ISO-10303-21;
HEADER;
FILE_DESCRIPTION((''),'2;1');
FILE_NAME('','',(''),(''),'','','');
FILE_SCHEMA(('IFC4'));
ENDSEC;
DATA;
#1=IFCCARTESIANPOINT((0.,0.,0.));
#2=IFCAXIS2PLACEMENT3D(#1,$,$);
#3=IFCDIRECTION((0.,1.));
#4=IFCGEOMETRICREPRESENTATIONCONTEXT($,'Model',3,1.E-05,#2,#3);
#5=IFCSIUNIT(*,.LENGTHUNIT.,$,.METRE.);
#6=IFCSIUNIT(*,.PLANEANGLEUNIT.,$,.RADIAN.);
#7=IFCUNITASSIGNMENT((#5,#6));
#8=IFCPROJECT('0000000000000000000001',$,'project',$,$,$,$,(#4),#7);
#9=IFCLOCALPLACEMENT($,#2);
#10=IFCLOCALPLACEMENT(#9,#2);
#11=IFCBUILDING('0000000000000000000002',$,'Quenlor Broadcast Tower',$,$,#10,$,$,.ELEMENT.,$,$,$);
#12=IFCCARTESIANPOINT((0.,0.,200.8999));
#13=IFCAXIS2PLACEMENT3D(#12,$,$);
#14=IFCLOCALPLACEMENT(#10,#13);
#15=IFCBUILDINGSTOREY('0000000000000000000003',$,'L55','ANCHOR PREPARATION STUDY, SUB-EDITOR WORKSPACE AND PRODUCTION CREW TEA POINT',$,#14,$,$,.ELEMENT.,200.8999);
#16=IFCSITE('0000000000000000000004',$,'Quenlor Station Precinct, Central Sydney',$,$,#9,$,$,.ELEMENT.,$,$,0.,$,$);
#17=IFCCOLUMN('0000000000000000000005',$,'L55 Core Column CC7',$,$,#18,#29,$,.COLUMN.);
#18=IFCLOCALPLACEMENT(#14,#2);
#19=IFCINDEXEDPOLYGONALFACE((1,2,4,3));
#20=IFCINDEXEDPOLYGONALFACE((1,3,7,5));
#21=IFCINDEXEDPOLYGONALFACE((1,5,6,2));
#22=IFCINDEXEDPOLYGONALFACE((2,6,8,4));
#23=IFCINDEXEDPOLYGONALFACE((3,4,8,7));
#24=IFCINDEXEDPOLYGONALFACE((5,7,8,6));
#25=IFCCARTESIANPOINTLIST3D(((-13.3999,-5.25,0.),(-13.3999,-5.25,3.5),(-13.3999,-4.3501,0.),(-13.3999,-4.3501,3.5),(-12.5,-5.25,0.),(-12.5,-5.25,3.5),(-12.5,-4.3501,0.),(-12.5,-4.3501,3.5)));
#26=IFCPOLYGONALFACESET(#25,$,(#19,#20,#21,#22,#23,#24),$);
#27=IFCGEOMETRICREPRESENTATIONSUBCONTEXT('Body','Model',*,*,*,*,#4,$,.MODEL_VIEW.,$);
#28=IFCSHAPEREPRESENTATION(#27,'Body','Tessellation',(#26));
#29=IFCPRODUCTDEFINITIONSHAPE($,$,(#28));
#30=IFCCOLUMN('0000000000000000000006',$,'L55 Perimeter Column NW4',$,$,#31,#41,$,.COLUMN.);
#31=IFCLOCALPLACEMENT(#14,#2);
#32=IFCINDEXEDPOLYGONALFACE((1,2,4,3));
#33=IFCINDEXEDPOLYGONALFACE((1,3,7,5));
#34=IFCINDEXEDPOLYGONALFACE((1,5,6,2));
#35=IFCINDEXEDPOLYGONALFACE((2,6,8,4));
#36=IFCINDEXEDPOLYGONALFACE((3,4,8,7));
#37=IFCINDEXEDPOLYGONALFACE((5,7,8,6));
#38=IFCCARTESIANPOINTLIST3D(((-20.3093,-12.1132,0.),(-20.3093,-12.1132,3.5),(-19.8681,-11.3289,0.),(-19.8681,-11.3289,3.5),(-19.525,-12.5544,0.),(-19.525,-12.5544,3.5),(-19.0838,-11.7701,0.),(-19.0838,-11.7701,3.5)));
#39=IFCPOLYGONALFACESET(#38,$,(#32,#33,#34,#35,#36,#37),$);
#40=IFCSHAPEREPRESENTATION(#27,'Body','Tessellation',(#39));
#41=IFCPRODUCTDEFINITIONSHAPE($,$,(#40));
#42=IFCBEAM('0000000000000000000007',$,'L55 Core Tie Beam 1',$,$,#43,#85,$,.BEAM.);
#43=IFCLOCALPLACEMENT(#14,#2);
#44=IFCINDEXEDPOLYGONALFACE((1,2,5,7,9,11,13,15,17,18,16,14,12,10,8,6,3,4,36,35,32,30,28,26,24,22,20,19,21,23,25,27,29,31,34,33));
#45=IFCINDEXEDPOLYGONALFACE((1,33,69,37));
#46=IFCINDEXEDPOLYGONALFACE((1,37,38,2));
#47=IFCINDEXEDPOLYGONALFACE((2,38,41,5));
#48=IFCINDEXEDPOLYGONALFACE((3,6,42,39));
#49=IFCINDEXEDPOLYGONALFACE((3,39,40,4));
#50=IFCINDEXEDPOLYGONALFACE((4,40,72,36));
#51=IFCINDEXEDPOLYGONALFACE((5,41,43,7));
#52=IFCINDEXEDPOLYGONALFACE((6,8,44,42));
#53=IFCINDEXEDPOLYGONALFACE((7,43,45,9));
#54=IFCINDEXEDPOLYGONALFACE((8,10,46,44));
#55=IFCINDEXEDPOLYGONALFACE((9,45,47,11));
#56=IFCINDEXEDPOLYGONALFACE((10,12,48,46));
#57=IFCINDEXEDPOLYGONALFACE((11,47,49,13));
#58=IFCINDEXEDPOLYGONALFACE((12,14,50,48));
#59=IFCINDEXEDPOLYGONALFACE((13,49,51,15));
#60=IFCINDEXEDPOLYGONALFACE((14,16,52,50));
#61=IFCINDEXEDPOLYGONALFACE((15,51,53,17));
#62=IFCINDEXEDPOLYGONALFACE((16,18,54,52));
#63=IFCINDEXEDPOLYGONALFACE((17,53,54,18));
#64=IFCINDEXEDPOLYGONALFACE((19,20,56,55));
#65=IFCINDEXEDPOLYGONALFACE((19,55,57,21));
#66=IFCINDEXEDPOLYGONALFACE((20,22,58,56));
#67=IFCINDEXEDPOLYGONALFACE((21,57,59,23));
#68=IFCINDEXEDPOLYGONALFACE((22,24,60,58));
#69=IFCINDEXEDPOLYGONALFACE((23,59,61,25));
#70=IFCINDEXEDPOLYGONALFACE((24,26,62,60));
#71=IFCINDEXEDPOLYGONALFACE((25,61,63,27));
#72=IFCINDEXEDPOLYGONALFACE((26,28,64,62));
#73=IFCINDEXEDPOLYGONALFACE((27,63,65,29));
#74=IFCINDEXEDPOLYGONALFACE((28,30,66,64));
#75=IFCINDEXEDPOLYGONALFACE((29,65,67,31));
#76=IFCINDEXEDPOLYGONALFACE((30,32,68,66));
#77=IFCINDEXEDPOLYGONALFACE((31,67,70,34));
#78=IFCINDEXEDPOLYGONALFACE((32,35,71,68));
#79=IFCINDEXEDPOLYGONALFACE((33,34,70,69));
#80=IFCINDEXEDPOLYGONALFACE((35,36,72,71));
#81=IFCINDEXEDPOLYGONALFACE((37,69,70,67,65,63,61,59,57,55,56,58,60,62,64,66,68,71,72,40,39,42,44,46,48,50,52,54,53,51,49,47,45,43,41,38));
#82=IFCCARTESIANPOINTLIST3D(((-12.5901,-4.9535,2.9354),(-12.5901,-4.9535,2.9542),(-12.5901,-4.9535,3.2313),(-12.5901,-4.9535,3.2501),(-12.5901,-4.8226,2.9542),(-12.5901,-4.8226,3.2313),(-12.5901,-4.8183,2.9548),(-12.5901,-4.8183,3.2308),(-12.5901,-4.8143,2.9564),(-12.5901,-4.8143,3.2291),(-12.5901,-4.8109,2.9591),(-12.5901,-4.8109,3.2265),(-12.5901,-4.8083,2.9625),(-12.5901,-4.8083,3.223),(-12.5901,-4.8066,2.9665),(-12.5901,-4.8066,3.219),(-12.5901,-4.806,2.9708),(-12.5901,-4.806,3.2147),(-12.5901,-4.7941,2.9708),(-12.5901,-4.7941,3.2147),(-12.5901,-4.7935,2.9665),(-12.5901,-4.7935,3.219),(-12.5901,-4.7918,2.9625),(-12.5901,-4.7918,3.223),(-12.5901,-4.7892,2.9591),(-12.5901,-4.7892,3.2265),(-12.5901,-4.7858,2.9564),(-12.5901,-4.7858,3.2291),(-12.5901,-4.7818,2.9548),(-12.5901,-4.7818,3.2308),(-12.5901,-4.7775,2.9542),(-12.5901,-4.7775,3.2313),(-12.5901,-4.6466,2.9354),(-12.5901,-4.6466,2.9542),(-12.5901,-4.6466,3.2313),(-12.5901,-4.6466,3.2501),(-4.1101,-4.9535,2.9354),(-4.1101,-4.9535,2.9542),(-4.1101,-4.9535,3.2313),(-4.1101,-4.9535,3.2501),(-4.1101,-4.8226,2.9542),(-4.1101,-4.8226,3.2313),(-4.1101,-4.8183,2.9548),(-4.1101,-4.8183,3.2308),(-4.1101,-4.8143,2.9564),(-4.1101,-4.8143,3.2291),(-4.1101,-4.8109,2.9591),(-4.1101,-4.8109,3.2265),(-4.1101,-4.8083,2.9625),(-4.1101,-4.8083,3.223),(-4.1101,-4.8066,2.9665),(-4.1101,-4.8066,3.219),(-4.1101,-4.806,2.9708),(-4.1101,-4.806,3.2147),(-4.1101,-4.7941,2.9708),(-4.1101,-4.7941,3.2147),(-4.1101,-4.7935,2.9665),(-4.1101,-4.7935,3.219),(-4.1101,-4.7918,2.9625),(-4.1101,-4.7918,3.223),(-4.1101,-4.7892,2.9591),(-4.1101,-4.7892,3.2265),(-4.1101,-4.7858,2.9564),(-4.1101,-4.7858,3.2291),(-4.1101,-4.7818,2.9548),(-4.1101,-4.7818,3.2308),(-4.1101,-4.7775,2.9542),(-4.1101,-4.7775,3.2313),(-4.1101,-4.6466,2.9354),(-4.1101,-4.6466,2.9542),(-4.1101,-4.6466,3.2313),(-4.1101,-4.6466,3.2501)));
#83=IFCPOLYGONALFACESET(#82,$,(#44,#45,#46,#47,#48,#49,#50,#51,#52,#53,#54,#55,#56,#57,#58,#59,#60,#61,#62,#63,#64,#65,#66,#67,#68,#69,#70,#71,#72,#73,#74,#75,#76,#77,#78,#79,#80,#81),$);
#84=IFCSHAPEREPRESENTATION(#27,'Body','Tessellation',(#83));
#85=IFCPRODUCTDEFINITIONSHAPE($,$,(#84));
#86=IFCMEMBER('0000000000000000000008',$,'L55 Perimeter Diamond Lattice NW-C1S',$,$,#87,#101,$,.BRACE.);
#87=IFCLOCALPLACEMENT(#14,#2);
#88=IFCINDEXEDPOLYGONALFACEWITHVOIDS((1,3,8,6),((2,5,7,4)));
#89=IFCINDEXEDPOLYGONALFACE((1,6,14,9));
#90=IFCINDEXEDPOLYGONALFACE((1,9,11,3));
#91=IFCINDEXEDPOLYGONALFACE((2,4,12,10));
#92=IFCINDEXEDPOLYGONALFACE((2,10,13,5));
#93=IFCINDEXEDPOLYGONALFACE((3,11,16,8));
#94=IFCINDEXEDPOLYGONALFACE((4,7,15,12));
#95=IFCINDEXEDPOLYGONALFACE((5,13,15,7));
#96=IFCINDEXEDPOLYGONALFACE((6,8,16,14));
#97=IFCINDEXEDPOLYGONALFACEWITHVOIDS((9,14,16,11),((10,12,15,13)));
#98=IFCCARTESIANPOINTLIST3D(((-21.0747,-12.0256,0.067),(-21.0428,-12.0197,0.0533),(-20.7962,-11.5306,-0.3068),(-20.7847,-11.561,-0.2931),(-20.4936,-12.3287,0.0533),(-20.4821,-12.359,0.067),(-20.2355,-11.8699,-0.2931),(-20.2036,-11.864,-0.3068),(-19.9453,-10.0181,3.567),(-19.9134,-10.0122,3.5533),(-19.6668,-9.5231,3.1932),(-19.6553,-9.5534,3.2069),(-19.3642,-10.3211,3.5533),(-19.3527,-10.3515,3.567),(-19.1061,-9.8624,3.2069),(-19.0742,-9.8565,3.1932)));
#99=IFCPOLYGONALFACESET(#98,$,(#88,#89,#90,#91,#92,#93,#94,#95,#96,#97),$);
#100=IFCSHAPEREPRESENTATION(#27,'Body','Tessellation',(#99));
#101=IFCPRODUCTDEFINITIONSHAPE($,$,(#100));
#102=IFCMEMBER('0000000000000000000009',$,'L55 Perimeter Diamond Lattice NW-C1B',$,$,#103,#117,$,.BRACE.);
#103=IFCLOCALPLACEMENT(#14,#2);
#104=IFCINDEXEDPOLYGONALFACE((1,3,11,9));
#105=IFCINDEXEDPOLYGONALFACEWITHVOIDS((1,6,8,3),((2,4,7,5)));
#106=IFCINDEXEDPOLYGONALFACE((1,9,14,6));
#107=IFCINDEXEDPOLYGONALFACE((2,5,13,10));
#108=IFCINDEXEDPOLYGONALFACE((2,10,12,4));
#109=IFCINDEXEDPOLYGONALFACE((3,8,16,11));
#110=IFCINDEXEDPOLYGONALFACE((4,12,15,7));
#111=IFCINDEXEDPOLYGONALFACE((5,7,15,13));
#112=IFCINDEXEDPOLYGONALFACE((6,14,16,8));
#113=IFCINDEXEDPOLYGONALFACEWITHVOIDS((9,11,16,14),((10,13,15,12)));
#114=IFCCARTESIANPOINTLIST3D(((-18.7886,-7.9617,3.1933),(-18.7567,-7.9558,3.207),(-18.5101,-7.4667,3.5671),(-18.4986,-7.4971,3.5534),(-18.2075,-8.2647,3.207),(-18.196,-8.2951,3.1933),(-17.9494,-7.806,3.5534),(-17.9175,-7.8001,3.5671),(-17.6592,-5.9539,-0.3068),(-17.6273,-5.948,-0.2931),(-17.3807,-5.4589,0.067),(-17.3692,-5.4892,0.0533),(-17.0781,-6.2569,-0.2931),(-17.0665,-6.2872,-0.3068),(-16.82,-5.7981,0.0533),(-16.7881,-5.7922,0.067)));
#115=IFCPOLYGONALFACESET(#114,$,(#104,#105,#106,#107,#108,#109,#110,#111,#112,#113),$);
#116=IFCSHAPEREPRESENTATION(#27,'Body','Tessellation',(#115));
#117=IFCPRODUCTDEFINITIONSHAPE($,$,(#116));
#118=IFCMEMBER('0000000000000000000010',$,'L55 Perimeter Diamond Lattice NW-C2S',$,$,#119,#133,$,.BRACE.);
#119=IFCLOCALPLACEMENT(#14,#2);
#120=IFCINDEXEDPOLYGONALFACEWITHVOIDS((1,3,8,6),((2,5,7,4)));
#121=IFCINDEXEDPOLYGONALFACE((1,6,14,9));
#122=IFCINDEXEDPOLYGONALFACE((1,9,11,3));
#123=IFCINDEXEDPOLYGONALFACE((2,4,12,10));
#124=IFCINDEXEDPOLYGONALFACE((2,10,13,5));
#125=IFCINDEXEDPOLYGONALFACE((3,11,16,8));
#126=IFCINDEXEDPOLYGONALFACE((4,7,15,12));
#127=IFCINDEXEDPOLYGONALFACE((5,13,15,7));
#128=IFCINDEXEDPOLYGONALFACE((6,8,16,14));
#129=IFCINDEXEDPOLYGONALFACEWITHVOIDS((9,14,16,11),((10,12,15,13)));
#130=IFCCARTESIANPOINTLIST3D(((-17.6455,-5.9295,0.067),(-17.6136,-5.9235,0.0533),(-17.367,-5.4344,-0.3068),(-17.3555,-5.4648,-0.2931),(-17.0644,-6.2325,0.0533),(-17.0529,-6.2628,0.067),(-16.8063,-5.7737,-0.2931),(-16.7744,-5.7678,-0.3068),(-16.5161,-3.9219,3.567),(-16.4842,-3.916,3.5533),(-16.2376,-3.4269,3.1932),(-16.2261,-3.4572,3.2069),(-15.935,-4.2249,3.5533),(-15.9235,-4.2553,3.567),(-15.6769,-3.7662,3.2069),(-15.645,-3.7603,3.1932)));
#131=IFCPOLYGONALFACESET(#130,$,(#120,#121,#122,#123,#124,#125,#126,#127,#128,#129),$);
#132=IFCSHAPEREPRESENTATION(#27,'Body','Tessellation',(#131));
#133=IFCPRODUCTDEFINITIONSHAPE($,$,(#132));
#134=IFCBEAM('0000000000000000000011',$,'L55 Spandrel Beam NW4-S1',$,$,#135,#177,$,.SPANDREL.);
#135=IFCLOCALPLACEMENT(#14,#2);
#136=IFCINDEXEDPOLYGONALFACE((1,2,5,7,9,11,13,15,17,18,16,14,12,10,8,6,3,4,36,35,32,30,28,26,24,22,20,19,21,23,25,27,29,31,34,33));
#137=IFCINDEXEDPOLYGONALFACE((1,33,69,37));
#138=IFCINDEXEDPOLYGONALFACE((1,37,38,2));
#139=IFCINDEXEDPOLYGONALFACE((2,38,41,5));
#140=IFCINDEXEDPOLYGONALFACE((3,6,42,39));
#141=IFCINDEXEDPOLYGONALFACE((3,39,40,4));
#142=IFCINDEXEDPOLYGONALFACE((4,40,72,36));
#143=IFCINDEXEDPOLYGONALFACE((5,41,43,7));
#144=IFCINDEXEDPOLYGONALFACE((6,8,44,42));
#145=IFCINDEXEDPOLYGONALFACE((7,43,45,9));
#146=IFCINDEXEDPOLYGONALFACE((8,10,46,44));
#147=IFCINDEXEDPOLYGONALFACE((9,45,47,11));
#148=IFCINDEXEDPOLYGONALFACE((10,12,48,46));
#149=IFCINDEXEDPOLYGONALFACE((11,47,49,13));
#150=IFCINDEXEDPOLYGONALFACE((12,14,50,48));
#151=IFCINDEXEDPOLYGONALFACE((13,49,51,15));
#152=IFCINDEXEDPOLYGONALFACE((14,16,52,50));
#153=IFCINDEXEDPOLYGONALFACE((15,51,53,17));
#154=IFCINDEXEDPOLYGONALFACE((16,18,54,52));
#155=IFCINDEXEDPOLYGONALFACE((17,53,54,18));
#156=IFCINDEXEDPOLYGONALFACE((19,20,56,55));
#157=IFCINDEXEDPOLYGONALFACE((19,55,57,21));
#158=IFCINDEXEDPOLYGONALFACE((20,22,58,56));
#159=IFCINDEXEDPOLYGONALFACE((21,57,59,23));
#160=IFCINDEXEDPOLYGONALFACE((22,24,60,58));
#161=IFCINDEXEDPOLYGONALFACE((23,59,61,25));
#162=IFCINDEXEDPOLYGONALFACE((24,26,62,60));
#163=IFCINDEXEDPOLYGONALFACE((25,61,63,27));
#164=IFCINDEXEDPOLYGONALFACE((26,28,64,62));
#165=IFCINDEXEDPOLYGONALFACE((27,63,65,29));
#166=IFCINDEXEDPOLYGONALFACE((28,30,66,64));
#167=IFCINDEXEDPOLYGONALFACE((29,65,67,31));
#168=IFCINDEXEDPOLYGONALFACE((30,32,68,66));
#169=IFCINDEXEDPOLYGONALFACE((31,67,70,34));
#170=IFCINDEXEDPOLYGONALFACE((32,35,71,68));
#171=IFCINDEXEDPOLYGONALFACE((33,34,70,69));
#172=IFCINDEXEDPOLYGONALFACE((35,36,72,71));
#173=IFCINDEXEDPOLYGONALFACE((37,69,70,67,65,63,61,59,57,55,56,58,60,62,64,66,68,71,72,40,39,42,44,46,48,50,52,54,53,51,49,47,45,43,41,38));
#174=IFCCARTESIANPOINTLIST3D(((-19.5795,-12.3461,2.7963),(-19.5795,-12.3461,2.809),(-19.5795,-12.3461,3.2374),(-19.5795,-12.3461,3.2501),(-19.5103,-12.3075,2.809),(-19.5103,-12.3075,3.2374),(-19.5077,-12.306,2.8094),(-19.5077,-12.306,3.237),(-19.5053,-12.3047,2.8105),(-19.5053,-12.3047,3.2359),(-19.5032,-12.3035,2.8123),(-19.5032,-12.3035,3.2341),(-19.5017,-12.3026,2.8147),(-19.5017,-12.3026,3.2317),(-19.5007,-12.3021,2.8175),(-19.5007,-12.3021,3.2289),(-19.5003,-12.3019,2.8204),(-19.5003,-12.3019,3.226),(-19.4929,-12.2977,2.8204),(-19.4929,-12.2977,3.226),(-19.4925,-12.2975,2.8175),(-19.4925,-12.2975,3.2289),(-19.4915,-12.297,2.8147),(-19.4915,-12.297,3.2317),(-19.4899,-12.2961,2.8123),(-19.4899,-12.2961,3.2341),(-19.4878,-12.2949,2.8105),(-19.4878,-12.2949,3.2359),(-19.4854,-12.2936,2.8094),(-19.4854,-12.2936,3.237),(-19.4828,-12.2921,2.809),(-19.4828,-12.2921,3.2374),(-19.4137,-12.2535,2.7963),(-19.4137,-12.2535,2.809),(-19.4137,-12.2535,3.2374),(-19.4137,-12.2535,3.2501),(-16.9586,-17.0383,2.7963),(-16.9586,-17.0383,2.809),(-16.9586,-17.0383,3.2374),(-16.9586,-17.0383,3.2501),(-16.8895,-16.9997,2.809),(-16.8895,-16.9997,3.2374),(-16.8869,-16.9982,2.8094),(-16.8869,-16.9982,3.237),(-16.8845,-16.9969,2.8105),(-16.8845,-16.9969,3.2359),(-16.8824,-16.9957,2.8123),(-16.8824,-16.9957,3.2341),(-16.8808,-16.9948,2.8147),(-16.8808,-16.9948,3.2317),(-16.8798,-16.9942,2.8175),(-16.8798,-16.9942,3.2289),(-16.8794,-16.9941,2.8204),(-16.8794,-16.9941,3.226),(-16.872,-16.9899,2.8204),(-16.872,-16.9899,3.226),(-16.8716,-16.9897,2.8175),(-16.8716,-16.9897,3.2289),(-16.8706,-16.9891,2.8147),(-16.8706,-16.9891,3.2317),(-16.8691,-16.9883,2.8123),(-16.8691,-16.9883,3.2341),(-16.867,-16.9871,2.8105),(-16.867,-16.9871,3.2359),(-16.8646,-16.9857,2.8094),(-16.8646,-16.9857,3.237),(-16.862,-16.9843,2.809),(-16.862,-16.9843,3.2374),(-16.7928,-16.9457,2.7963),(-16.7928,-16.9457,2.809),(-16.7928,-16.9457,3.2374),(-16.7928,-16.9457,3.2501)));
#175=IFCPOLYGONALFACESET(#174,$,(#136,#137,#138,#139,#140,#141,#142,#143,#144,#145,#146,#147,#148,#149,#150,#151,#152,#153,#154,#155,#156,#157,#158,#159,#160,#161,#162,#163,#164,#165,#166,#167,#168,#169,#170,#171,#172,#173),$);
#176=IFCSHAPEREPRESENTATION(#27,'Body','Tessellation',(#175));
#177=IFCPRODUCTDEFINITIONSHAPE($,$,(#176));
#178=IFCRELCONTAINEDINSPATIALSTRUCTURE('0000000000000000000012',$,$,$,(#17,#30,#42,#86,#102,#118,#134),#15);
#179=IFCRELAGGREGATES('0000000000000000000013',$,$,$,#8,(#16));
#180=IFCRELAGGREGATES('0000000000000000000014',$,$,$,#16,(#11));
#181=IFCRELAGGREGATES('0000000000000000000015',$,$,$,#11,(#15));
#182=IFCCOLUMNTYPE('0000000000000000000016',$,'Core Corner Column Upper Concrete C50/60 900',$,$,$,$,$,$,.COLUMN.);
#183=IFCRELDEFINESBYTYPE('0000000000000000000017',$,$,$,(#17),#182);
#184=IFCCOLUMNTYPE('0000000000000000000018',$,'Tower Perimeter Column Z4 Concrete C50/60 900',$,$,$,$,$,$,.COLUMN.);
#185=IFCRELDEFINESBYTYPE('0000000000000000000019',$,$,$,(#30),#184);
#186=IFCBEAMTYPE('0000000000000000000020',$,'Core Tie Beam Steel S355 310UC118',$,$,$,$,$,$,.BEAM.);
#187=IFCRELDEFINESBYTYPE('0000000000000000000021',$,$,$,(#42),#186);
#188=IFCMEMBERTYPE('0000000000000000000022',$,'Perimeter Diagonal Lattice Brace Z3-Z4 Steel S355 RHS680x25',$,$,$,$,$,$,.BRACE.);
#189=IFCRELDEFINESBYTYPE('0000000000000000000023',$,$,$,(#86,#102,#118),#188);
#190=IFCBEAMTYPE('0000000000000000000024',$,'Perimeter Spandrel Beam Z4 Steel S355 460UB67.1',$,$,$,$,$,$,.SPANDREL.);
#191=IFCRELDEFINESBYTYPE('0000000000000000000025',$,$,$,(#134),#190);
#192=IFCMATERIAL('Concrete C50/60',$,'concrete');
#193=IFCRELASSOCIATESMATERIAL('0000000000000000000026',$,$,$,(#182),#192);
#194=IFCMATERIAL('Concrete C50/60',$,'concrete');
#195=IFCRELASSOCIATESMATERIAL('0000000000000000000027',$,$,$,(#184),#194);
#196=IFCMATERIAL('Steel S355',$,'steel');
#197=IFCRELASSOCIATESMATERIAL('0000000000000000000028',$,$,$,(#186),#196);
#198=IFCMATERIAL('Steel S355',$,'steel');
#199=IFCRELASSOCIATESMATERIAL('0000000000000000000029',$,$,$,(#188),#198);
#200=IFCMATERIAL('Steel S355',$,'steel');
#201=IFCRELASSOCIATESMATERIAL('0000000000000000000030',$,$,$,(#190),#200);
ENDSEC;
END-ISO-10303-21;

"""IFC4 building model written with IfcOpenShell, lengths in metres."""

from ifc_helpers import new_model, si_unit, direction, frame, origin, origin_2d, place, context, subcontext, project, spatial, rectangle, hollow_rectangle, i_section, extrude, material, material_profile, profile_set, type_object, element, save


model = new_model("IFC4")

# Units and contexts
model_context = context("Model", 3, precision=1e-05, world=origin(), true_north=direction((0.0, 1.0)))
body_context = subcontext(model_context, "Body", "Model", "MODEL_VIEW")
ifc_project = project(units=[si_unit("LENGTHUNIT", "METRE"), si_unit("PLANEANGLEUNIT", "RADIAN")], contexts=[model_context])

# Site, building, storey
site_placement = place(None, origin())
site = spatial("IfcSite", under=ifc_project, at=site_placement, Name="Quenlor Station Precinct, Central Sydney", CompositionType="ELEMENT", RefElevation=0.0)
building_placement = place(site_placement, origin())
building = spatial("IfcBuilding", under=site, at=building_placement, Name="Quenlor Broadcast Tower", CompositionType="ELEMENT")
storey_placement = place(building_placement, frame((0.0, 0.0, 200.8999)))
storey = spatial("IfcBuildingStorey", under=building, at=storey_placement, Name="L55", Description="ANCHOR PREPARATION STUDY, SUB-EDITOR WORKSPACE AND PRODUCTION CREW TEA POINT", CompositionType="ELEMENT", Elevation=200.8999)

# Columns
ifc_material_1 = material(Name="Concrete C50/60", Category="concrete")
ifc_material_profile_1 = material_profile(ifc_material_1, rectangle(XDim=0.8999, YDim=0.8999, at=origin_2d()))
ifc_profile_set_1 = profile_set([ifc_material_profile_1], Name="Concrete C50/60 RC900x900")
column_type_1 = type_object("IfcColumnType", Name="Core Corner Column Upper Concrete C50/60 900", PredefinedType="COLUMN", material=ifc_profile_set_1)
column_1_placement = place(storey_placement, frame((-12.95, -4.8, 0.0), z_axis=(0.0, 0.0, 1.0), x_axis=(1.0, 0.0, 0.0)))
element("IfcColumn", 1, at=column_1_placement, inside=storey, type_object=column_type_1, Name="L55 Core Column CC7", PredefinedType="COLUMN", context=body_context, shape_type="SweptSolid", body=[
    extrude(rectangle(XDim=0.8999, YDim=0.8999, at=origin_2d()), origin(), (0.0, 0.0, 1.0), 3.5),
])
ifc_material_2 = material(Name="Concrete C50/60", Category="concrete")
ifc_material_profile_2 = material_profile(ifc_material_2, rectangle(XDim=0.8999, YDim=0.8999, at=origin_2d()))
ifc_profile_set_2 = profile_set([ifc_material_profile_2], Name="Concrete C50/60 RC900x900")
column_type_2 = type_object("IfcColumnType", Name="Tower Perimeter Column Z4 Concrete C50/60 900", PredefinedType="COLUMN", material=ifc_profile_set_2)
column_2_placement = place(storey_placement, frame((-19.6965, -11.9417, 0.0), z_axis=(0.0, 0.0, 1.0), x_axis=(-0.871575, 0.490262, 0.0)))
element("IfcColumn", 2, at=column_2_placement, inside=storey, type_object=column_type_2, Name="L55 Perimeter Column NW4", PredefinedType="COLUMN", context=body_context, shape_type="SweptSolid", body=[
    extrude(rectangle(XDim=0.8999, YDim=0.8999, at=origin_2d()), origin(), (0.0, 0.0, 1.0), 3.5),
])

# Beam
ifc_material_3 = material(Name="Steel S355", Category="steel")
ifc_material_profile_3 = material_profile(ifc_material_3, i_section(OverallWidth=0.3069, OverallDepth=0.3147, WebThickness=0.012, FlangeThickness=0.0188, FilletRadius=0.0166, at=origin_2d()))
ifc_profile_set_3 = profile_set([ifc_material_profile_3], Name="Steel S355 310UC118")
beam_type_1 = type_object("IfcBeamType", Name="Core Tie Beam Steel S355 310UC118", PredefinedType="BEAM", material=ifc_profile_set_3)
beam_1_placement = place(storey_placement, frame((-12.5901, -4.8, 3.0928), z_axis=(1.0, 0.0, 0.0), x_axis=(0.0, 1.0, 0.0)))
element("IfcBeam", 3, at=beam_1_placement, inside=storey, type_object=beam_type_1, Name="L55 Core Tie Beam 1", PredefinedType="BEAM", context=body_context, shape_type="SweptSolid", body=[
    extrude(i_section(OverallWidth=0.3069, OverallDepth=0.3147, WebThickness=0.012, FlangeThickness=0.0188, FilletRadius=0.0166, at=origin_2d()), origin(), (0.0, 0.0, 1.0), 8.48),
])

# Members
ifc_material_4 = material(Name="Steel S355", Category="steel")
ifc_material_profile_4 = material_profile(ifc_material_4, hollow_rectangle(XDim=0.6799, YDim=0.6799, WallThickness=0.0249, at=origin_2d()))
ifc_profile_set_4 = profile_set([ifc_material_profile_4], Name="Steel S355 RHS680x680x25")
member_type = type_object("IfcMemberType", Name="Perimeter Diagonal Lattice Brace Z3-Z4 Steel S355 RHS680x25", PredefinedType="BRACE", material=ifc_profile_set_4)
member_1_placement = place(storey_placement, frame((-20.6392, -11.9448, -0.1199), z_axis=(0.269547, 0.479136, 0.835328), x_axis=(-0.87155, 0.490307, 0.0)))
element("IfcMember", 4, at=member_1_placement, inside=storey, type_object=member_type, Name="L55 Perimeter Diamond Lattice NW-C1S", PredefinedType="BRACE", context=body_context, shape_type="SweptSolid", body=[
    extrude(hollow_rectangle(XDim=0.6799, YDim=0.6799, WallThickness=0.0249, at=origin_2d()), origin(), (0.0, 0.0, 1.0), 4.1899),
])
member_2_placement = place(storey_placement, frame((-17.2236, -5.873, -0.1199), z_axis=(-0.26954, -0.479181, 0.835305), x_axis=(0.871576, -0.490261, 0.0)))
element("IfcMember", 5, at=member_2_placement, inside=storey, type_object=member_type, Name="L55 Perimeter Diamond Lattice NW-C1B", PredefinedType="BRACE", context=body_context, shape_type="SweptSolid", body=[
    extrude(hollow_rectangle(XDim=0.6799, YDim=0.6799, WallThickness=0.0249, at=origin_2d()), origin(), (0.0, 0.0, 1.0), 4.1902),
])
member_3_placement = place(storey_placement, frame((-17.21, -5.8486, -0.1199), z_axis=(0.269547, 0.479136, 0.835328), x_axis=(-0.87155, 0.490307, 0.0)))
element("IfcMember", 6, at=member_3_placement, inside=storey, type_object=member_type, Name="L55 Perimeter Diamond Lattice NW-C2S", PredefinedType="BRACE", context=body_context, shape_type="SweptSolid", body=[
    extrude(hollow_rectangle(XDim=0.6799, YDim=0.6799, WallThickness=0.0249, at=origin_2d()), origin(), (0.0, 0.0, 1.0), 4.1899),
])

# Beam
ifc_material_5 = material(Name="Steel S355", Category="steel")
ifc_material_profile_5 = material_profile(ifc_material_5, i_section(OverallWidth=0.1899, OverallDepth=0.4539, WebThickness=0.0085, FlangeThickness=0.0127, FilletRadius=0.0115, at=origin_2d()))
ifc_profile_set_5 = profile_set([ifc_material_profile_5], Name="Steel S355 460UB67.1")
beam_type_2 = type_object("IfcBeamType", Name="Perimeter Spandrel Beam Z4 Steel S355 460UB67.1", PredefinedType="SPANDREL", material=ifc_profile_set_5)
beam_2_placement = place(storey_placement, frame((-19.4966, -12.2998, 3.0232), z_axis=(0.487647, -0.873041, 0.0), x_axis=(0.873041, 0.487647, 0.0)))
element("IfcBeam", 7, at=beam_2_placement, inside=storey, type_object=beam_type_2, Name="L55 Spandrel Beam NW4-S1", PredefinedType="SPANDREL", context=body_context, shape_type="SweptSolid", body=[
    extrude(i_section(OverallWidth=0.1899, OverallDepth=0.4539, WebThickness=0.0085, FlangeThickness=0.0127, FilletRadius=0.0115, at=origin_2d()), origin(), (0.0, 0.0, 1.0), 5.3745),
])

save(model, "model.ifc")
